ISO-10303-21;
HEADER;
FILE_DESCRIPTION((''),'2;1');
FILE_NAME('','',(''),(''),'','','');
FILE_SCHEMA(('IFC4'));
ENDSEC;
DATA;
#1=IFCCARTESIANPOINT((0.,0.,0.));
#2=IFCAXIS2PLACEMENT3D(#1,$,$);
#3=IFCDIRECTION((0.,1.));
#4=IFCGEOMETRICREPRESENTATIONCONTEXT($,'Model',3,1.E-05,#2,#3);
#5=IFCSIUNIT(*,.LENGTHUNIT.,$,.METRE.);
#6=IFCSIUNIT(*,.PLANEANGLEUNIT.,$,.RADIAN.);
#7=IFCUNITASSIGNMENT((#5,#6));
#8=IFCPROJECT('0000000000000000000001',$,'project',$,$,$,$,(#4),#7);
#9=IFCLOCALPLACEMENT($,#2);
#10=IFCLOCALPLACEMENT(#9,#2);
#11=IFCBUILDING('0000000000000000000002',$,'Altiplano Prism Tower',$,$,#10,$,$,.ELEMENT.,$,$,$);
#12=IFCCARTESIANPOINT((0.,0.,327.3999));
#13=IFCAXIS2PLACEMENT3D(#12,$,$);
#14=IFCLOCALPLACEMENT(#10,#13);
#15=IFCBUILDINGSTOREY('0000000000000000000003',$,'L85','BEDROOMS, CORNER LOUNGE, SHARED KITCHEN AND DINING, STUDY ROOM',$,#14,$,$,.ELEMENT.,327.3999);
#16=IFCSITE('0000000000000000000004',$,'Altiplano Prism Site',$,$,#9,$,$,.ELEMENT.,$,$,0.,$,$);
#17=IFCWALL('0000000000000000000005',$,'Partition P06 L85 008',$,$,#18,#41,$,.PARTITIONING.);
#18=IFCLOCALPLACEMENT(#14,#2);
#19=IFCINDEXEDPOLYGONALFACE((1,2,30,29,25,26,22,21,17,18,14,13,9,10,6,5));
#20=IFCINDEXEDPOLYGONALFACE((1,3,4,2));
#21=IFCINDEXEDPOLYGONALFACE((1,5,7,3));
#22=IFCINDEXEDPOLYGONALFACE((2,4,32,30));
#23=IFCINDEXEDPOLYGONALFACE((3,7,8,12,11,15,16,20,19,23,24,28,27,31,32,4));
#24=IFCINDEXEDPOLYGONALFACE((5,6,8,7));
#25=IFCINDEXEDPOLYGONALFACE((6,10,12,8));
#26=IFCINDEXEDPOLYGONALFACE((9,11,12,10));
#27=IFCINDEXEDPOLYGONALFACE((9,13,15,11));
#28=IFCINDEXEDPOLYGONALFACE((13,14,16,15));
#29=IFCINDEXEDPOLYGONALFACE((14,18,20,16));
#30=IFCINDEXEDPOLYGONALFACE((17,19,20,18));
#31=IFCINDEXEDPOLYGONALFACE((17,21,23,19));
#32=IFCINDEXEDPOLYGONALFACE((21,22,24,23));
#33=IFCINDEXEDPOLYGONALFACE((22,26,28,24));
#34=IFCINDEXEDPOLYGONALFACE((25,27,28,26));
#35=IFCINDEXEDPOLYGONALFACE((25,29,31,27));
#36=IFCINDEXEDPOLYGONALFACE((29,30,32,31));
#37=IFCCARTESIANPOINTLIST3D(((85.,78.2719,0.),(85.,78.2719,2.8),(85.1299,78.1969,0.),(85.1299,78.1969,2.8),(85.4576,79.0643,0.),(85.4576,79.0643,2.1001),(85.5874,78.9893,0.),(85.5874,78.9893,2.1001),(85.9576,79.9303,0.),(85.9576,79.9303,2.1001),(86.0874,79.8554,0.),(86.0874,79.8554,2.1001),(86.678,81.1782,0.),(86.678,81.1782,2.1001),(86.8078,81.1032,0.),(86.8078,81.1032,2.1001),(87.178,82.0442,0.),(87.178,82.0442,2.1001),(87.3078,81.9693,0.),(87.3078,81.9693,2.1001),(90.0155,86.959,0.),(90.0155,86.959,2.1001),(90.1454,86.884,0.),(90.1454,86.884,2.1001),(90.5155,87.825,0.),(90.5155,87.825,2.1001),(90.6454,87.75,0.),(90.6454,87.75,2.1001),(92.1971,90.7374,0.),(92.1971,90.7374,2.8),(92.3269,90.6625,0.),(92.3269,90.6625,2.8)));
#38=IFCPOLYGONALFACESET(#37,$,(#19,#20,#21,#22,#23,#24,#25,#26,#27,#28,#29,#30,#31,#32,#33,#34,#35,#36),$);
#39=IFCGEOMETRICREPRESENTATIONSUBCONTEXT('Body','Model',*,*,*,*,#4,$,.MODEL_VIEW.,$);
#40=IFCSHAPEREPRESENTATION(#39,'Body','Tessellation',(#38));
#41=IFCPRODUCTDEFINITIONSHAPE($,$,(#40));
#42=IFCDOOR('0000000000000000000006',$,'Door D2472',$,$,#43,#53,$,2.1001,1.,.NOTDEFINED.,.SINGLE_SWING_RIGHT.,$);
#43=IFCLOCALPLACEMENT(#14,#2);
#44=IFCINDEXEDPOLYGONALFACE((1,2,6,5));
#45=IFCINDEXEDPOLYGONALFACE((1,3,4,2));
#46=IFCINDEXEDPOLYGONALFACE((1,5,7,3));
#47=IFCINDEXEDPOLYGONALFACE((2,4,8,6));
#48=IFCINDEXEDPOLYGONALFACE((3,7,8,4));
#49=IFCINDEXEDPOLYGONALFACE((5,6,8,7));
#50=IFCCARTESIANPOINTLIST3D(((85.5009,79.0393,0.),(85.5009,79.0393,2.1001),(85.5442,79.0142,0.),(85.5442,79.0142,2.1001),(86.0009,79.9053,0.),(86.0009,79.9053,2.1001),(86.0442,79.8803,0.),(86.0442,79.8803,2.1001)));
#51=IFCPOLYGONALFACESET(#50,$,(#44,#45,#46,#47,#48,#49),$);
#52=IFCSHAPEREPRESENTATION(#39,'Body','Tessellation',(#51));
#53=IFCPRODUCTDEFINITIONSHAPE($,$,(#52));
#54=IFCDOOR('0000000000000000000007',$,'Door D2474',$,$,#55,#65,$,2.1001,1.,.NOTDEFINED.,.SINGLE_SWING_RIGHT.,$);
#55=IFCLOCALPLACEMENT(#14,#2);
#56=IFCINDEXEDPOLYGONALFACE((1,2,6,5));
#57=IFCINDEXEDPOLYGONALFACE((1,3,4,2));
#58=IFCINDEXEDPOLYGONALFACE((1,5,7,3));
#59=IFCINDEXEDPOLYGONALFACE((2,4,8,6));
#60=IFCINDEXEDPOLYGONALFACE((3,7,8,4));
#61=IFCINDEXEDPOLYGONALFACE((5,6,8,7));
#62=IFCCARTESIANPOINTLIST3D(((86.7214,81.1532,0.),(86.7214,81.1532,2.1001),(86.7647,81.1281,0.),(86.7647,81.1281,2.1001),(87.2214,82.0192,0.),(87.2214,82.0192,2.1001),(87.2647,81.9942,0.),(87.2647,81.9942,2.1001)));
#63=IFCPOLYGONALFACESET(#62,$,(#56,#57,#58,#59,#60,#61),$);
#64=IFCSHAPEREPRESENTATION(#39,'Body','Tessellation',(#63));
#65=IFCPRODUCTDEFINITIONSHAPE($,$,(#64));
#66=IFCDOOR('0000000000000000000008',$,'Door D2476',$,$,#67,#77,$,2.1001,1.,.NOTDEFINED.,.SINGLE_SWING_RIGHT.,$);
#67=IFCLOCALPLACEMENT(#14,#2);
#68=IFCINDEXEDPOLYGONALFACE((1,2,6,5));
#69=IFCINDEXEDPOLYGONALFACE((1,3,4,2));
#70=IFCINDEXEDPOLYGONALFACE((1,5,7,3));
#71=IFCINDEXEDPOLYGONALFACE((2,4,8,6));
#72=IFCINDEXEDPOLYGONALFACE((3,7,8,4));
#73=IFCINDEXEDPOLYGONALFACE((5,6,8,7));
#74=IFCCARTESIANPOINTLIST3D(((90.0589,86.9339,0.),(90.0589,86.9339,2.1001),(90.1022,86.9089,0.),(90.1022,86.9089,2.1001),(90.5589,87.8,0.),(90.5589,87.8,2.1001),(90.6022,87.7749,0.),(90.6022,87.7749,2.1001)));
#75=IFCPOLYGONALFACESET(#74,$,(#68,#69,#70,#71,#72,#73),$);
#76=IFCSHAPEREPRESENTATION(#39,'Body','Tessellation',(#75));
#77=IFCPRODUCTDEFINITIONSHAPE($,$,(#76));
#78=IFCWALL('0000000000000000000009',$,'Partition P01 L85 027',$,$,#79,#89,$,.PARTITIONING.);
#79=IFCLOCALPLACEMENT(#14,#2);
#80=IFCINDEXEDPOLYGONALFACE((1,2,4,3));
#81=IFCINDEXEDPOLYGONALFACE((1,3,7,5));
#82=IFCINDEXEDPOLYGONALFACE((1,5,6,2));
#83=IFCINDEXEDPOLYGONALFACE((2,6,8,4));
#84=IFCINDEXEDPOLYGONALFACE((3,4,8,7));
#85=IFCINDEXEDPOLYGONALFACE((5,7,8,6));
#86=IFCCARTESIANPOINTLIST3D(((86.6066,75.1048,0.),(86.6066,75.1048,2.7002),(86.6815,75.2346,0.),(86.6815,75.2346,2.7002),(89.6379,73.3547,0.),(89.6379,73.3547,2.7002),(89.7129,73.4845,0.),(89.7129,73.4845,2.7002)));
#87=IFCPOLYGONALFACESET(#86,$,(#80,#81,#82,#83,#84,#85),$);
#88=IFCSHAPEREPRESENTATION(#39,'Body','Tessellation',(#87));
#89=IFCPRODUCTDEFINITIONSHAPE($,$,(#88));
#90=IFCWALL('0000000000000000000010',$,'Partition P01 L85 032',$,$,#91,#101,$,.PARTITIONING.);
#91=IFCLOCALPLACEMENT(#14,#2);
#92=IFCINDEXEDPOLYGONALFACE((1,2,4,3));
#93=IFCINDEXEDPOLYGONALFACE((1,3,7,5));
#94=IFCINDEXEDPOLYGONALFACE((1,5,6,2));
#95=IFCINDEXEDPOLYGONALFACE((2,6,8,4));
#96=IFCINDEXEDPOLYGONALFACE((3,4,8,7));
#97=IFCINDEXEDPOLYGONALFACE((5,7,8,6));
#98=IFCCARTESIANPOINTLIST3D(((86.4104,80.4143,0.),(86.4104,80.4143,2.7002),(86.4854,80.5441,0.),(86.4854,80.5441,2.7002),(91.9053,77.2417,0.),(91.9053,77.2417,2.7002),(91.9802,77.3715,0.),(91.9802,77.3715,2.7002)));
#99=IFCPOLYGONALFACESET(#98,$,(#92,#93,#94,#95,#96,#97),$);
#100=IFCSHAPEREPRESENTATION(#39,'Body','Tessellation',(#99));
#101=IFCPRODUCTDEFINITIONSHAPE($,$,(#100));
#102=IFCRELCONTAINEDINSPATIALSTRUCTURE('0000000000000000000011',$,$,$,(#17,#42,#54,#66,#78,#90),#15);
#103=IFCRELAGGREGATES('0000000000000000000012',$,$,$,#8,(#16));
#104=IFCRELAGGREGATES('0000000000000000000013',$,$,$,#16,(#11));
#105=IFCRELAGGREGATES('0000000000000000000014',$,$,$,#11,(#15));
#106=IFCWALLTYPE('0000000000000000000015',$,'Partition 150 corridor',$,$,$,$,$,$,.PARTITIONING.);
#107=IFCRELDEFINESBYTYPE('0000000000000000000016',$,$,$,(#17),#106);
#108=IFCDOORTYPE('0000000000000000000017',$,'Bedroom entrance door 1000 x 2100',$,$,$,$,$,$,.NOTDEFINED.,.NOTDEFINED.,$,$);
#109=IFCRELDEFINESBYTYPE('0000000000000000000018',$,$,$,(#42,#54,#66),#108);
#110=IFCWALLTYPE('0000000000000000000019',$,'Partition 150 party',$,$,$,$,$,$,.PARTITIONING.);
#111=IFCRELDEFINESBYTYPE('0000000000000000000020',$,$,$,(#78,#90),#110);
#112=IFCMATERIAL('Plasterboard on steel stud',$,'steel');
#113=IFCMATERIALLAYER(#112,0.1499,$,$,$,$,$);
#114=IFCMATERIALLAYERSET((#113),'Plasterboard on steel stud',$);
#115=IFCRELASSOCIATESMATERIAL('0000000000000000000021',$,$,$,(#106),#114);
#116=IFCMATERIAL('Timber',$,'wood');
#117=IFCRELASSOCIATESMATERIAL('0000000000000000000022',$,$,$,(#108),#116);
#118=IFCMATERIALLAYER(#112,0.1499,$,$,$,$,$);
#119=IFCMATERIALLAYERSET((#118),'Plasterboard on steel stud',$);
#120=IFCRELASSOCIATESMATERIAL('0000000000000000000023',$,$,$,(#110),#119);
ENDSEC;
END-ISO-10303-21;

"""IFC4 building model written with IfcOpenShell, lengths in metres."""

from ifc_helpers import new_model, si_unit, direction, frame, frame_2d, origin, place, context, subcontext, project, spatial, rectangle, extrude, material, layer, layer_set, type_object, element, fill, save


model = new_model("IFC4")

# Units and contexts
model_context = context("Model", 3, precision=1e-05, world=origin(), true_north=direction((0.0, 1.0)))
body_context = subcontext(model_context, "Body", "Model", "MODEL_VIEW")
ifc_project = project(units=[si_unit("LENGTHUNIT", "METRE"), si_unit("PLANEANGLEUNIT", "RADIAN")], contexts=[model_context])

# Site, building, storey
site_placement = place(None, origin())
site = spatial("IfcSite", under=ifc_project, at=site_placement, Name="Altiplano Prism Site", CompositionType="ELEMENT", RefElevation=0.0)
building_placement = place(site_placement, origin())
building = spatial("IfcBuilding", under=site, at=building_placement, Name="Altiplano Prism Tower", CompositionType="ELEMENT")
storey_placement = place(building_placement, frame((0.0, 0.0, 327.3999)))
storey = spatial("IfcBuildingStorey", under=building, at=storey_placement, Name="L85", Description="BEDROOMS, CORNER LOUNGE, SHARED KITCHEN AND DINING, STUDY ROOM", CompositionType="ELEMENT", Elevation=327.3999)

# Shared definitions
ifc_material_1 = material(Name="Plasterboard on steel stud", Category="steel")
ifc_material_2 = material(Name="Timber", Category="wood")

# Wall, openings, doors
ifc_layer_1 = layer(ifc_material_1, 0.1499)
ifc_layer_set_1 = layer_set([ifc_layer_1], Name="Plasterboard on steel stud")
wall_type_1 = type_object("IfcWallType", Name="Partition 150 corridor", PredefinedType="PARTITIONING", material=ifc_layer_set_1)
wall_1_placement = place(storey_placement, frame((85.0649, 78.2344, 0.0), z_axis=(0.0, 0.0, 1.0), x_axis=(0.500001, 0.866025, 0.0)))
wall_1 = element("IfcWall", 1, at=wall_1_placement, inside=storey, type_object=wall_type_1, Name="Partition P06 L85 008", PredefinedType="PARTITIONING", context=body_context, shape_type="SweptSolid", body=[
    extrude(rectangle(XDim=14.394, YDim=0.1499, at=frame_2d((7.197, 0.0))), origin(), (0.0, 0.0, 1.0), 2.8),
])
opening_1_placement = place(wall_1_placement, frame((0.915, 0.0, 0.0)))
opening_1 = element("IfcOpeningElement", 2, at=opening_1_placement, cuts=wall_1, PredefinedType="OPENING", context=body_context, shape_type="SweptSolid", body=[
    extrude(rectangle(XDim=1.0, YDim=2.1001, at=frame_2d((0.5, 1.05))), frame((0.0, 0.0854, 0.0), z_axis=(0.0, -1.0, 0.0), x_axis=(1.0, 0.0, 0.0)), (0.0, 0.0, 1.0), 0.1709),
])
opening_2_placement = place(wall_1_placement, frame((3.356, 0.0, 0.0)))
opening_2 = element("IfcOpeningElement", 3, at=opening_2_placement, cuts=wall_1, PredefinedType="OPENING", context=body_context, shape_type="SweptSolid", body=[
    extrude(rectangle(XDim=1.0, YDim=2.1001, at=frame_2d((0.5, 1.05))), frame((0.0, 0.0854, 0.0), z_axis=(0.0, -1.0, 0.0), x_axis=(1.0, 0.0, 0.0)), (0.0, 0.0, 1.0), 0.1709),
])
opening_3_placement = place(wall_1_placement, frame((10.031, 0.0, 0.0)))
opening_3 = element("IfcOpeningElement", 4, at=opening_3_placement, cuts=wall_1, PredefinedType="OPENING", context=body_context, shape_type="SweptSolid", body=[
    extrude(rectangle(XDim=1.0, YDim=2.1001, at=frame_2d((0.5, 1.05))), frame((0.0, 0.0854, 0.0), z_axis=(0.0, -1.0, 0.0), x_axis=(1.0, 0.0, 0.0)), (0.0, 0.0, 1.0), 0.1709),
])
door_type_1 = type_object("IfcDoorType", Name="Bedroom entrance door 1000 x 2100", OperationType="NOTDEFINED", PredefinedType="NOTDEFINED", material=ifc_material_2)
door_1_placement = place(opening_1_placement, origin())
door_1 = element("IfcDoor", 5, at=door_1_placement, inside=storey, type_object=door_type_1, Name="Door D2472", OperationType="SINGLE_SWING_RIGHT", OverallHeight=2.1001, OverallWidth=1.0, PredefinedType="NOTDEFINED", context=body_context, shape_type="SweptSolid", body=[
    extrude(rectangle(XDim=1.0, YDim=2.1001, at=frame_2d((0.5, 1.05))), frame((0.0, 0.0249, 0.0), z_axis=(0.0, -1.0, 0.0), x_axis=(1.0, 0.0, 0.0)), (0.0, 0.0, 1.0), 0.05),
])
fill(opening_1, door_1)
door_2_placement = place(opening_2_placement, origin())
door_2 = element("IfcDoor", 6, at=door_2_placement, inside=storey, type_object=door_type_1, Name="Door D2474", OperationType="SINGLE_SWING_RIGHT", OverallHeight=2.1001, OverallWidth=1.0, PredefinedType="NOTDEFINED", context=body_context, shape_type="SweptSolid", body=[
    extrude(rectangle(XDim=1.0, YDim=2.1001, at=frame_2d((0.5, 1.05))), frame((0.0, 0.0249, 0.0), z_axis=(0.0, -1.0, 0.0), x_axis=(1.0, 0.0, 0.0)), (0.0, 0.0, 1.0), 0.05),
])
fill(opening_2, door_2)
door_3_placement = place(opening_3_placement, origin())
door_3 = element("IfcDoor", 7, at=door_3_placement, inside=storey, type_object=door_type_1, Name="Door D2476", OperationType="SINGLE_SWING_RIGHT", OverallHeight=2.1001, OverallWidth=1.0, PredefinedType="NOTDEFINED", context=body_context, shape_type="SweptSolid", body=[
    extrude(rectangle(XDim=1.0, YDim=2.1001, at=frame_2d((0.5, 1.05))), frame((0.0, 0.0249, 0.0), z_axis=(0.0, -1.0, 0.0), x_axis=(1.0, 0.0, 0.0)), (0.0, 0.0, 1.0), 0.05),
])
fill(opening_3, door_3)

# Walls
ifc_layer_2 = layer(ifc_material_1, 0.1499)
ifc_layer_set_2 = layer_set([ifc_layer_2], Name="Plasterboard on steel stud")
wall_type_2 = type_object("IfcWallType", Name="Partition 150 party", PredefinedType="PARTITIONING", material=ifc_layer_set_2)
wall_2_placement = place(storey_placement, frame((89.6753, 73.4197, 0.0), z_axis=(0.0, 0.0, 1.0), x_axis=(-0.866037, 0.49998, 0.0)))
element("IfcWall", 8, at=wall_2_placement, inside=storey, type_object=wall_type_2, Name="Partition P01 L85 027", PredefinedType="PARTITIONING", context=body_context, shape_type="SweptSolid", body=[
    extrude(rectangle(XDim=3.5002, YDim=0.1499, at=frame_2d((1.75, 0.0))), origin(), (0.0, 0.0, 1.0), 2.7002),
])
wall_3_placement = place(storey_placement, frame((91.9426, 77.3066, 0.0), z_axis=(0.0, 0.0, 1.0), x_axis=(-0.866016, 0.500017, 0.0)))
element("IfcWall", 9, at=wall_3_placement, inside=storey, type_object=wall_type_2, Name="Partition P01 L85 032", PredefinedType="PARTITIONING", context=body_context, shape_type="SweptSolid", body=[
    extrude(rectangle(XDim=6.345, YDim=0.1499, at=frame_2d((3.1724, 0.0))), origin(), (0.0, 0.0, 1.0), 2.7002),
])

save(model, "model.ifc")
